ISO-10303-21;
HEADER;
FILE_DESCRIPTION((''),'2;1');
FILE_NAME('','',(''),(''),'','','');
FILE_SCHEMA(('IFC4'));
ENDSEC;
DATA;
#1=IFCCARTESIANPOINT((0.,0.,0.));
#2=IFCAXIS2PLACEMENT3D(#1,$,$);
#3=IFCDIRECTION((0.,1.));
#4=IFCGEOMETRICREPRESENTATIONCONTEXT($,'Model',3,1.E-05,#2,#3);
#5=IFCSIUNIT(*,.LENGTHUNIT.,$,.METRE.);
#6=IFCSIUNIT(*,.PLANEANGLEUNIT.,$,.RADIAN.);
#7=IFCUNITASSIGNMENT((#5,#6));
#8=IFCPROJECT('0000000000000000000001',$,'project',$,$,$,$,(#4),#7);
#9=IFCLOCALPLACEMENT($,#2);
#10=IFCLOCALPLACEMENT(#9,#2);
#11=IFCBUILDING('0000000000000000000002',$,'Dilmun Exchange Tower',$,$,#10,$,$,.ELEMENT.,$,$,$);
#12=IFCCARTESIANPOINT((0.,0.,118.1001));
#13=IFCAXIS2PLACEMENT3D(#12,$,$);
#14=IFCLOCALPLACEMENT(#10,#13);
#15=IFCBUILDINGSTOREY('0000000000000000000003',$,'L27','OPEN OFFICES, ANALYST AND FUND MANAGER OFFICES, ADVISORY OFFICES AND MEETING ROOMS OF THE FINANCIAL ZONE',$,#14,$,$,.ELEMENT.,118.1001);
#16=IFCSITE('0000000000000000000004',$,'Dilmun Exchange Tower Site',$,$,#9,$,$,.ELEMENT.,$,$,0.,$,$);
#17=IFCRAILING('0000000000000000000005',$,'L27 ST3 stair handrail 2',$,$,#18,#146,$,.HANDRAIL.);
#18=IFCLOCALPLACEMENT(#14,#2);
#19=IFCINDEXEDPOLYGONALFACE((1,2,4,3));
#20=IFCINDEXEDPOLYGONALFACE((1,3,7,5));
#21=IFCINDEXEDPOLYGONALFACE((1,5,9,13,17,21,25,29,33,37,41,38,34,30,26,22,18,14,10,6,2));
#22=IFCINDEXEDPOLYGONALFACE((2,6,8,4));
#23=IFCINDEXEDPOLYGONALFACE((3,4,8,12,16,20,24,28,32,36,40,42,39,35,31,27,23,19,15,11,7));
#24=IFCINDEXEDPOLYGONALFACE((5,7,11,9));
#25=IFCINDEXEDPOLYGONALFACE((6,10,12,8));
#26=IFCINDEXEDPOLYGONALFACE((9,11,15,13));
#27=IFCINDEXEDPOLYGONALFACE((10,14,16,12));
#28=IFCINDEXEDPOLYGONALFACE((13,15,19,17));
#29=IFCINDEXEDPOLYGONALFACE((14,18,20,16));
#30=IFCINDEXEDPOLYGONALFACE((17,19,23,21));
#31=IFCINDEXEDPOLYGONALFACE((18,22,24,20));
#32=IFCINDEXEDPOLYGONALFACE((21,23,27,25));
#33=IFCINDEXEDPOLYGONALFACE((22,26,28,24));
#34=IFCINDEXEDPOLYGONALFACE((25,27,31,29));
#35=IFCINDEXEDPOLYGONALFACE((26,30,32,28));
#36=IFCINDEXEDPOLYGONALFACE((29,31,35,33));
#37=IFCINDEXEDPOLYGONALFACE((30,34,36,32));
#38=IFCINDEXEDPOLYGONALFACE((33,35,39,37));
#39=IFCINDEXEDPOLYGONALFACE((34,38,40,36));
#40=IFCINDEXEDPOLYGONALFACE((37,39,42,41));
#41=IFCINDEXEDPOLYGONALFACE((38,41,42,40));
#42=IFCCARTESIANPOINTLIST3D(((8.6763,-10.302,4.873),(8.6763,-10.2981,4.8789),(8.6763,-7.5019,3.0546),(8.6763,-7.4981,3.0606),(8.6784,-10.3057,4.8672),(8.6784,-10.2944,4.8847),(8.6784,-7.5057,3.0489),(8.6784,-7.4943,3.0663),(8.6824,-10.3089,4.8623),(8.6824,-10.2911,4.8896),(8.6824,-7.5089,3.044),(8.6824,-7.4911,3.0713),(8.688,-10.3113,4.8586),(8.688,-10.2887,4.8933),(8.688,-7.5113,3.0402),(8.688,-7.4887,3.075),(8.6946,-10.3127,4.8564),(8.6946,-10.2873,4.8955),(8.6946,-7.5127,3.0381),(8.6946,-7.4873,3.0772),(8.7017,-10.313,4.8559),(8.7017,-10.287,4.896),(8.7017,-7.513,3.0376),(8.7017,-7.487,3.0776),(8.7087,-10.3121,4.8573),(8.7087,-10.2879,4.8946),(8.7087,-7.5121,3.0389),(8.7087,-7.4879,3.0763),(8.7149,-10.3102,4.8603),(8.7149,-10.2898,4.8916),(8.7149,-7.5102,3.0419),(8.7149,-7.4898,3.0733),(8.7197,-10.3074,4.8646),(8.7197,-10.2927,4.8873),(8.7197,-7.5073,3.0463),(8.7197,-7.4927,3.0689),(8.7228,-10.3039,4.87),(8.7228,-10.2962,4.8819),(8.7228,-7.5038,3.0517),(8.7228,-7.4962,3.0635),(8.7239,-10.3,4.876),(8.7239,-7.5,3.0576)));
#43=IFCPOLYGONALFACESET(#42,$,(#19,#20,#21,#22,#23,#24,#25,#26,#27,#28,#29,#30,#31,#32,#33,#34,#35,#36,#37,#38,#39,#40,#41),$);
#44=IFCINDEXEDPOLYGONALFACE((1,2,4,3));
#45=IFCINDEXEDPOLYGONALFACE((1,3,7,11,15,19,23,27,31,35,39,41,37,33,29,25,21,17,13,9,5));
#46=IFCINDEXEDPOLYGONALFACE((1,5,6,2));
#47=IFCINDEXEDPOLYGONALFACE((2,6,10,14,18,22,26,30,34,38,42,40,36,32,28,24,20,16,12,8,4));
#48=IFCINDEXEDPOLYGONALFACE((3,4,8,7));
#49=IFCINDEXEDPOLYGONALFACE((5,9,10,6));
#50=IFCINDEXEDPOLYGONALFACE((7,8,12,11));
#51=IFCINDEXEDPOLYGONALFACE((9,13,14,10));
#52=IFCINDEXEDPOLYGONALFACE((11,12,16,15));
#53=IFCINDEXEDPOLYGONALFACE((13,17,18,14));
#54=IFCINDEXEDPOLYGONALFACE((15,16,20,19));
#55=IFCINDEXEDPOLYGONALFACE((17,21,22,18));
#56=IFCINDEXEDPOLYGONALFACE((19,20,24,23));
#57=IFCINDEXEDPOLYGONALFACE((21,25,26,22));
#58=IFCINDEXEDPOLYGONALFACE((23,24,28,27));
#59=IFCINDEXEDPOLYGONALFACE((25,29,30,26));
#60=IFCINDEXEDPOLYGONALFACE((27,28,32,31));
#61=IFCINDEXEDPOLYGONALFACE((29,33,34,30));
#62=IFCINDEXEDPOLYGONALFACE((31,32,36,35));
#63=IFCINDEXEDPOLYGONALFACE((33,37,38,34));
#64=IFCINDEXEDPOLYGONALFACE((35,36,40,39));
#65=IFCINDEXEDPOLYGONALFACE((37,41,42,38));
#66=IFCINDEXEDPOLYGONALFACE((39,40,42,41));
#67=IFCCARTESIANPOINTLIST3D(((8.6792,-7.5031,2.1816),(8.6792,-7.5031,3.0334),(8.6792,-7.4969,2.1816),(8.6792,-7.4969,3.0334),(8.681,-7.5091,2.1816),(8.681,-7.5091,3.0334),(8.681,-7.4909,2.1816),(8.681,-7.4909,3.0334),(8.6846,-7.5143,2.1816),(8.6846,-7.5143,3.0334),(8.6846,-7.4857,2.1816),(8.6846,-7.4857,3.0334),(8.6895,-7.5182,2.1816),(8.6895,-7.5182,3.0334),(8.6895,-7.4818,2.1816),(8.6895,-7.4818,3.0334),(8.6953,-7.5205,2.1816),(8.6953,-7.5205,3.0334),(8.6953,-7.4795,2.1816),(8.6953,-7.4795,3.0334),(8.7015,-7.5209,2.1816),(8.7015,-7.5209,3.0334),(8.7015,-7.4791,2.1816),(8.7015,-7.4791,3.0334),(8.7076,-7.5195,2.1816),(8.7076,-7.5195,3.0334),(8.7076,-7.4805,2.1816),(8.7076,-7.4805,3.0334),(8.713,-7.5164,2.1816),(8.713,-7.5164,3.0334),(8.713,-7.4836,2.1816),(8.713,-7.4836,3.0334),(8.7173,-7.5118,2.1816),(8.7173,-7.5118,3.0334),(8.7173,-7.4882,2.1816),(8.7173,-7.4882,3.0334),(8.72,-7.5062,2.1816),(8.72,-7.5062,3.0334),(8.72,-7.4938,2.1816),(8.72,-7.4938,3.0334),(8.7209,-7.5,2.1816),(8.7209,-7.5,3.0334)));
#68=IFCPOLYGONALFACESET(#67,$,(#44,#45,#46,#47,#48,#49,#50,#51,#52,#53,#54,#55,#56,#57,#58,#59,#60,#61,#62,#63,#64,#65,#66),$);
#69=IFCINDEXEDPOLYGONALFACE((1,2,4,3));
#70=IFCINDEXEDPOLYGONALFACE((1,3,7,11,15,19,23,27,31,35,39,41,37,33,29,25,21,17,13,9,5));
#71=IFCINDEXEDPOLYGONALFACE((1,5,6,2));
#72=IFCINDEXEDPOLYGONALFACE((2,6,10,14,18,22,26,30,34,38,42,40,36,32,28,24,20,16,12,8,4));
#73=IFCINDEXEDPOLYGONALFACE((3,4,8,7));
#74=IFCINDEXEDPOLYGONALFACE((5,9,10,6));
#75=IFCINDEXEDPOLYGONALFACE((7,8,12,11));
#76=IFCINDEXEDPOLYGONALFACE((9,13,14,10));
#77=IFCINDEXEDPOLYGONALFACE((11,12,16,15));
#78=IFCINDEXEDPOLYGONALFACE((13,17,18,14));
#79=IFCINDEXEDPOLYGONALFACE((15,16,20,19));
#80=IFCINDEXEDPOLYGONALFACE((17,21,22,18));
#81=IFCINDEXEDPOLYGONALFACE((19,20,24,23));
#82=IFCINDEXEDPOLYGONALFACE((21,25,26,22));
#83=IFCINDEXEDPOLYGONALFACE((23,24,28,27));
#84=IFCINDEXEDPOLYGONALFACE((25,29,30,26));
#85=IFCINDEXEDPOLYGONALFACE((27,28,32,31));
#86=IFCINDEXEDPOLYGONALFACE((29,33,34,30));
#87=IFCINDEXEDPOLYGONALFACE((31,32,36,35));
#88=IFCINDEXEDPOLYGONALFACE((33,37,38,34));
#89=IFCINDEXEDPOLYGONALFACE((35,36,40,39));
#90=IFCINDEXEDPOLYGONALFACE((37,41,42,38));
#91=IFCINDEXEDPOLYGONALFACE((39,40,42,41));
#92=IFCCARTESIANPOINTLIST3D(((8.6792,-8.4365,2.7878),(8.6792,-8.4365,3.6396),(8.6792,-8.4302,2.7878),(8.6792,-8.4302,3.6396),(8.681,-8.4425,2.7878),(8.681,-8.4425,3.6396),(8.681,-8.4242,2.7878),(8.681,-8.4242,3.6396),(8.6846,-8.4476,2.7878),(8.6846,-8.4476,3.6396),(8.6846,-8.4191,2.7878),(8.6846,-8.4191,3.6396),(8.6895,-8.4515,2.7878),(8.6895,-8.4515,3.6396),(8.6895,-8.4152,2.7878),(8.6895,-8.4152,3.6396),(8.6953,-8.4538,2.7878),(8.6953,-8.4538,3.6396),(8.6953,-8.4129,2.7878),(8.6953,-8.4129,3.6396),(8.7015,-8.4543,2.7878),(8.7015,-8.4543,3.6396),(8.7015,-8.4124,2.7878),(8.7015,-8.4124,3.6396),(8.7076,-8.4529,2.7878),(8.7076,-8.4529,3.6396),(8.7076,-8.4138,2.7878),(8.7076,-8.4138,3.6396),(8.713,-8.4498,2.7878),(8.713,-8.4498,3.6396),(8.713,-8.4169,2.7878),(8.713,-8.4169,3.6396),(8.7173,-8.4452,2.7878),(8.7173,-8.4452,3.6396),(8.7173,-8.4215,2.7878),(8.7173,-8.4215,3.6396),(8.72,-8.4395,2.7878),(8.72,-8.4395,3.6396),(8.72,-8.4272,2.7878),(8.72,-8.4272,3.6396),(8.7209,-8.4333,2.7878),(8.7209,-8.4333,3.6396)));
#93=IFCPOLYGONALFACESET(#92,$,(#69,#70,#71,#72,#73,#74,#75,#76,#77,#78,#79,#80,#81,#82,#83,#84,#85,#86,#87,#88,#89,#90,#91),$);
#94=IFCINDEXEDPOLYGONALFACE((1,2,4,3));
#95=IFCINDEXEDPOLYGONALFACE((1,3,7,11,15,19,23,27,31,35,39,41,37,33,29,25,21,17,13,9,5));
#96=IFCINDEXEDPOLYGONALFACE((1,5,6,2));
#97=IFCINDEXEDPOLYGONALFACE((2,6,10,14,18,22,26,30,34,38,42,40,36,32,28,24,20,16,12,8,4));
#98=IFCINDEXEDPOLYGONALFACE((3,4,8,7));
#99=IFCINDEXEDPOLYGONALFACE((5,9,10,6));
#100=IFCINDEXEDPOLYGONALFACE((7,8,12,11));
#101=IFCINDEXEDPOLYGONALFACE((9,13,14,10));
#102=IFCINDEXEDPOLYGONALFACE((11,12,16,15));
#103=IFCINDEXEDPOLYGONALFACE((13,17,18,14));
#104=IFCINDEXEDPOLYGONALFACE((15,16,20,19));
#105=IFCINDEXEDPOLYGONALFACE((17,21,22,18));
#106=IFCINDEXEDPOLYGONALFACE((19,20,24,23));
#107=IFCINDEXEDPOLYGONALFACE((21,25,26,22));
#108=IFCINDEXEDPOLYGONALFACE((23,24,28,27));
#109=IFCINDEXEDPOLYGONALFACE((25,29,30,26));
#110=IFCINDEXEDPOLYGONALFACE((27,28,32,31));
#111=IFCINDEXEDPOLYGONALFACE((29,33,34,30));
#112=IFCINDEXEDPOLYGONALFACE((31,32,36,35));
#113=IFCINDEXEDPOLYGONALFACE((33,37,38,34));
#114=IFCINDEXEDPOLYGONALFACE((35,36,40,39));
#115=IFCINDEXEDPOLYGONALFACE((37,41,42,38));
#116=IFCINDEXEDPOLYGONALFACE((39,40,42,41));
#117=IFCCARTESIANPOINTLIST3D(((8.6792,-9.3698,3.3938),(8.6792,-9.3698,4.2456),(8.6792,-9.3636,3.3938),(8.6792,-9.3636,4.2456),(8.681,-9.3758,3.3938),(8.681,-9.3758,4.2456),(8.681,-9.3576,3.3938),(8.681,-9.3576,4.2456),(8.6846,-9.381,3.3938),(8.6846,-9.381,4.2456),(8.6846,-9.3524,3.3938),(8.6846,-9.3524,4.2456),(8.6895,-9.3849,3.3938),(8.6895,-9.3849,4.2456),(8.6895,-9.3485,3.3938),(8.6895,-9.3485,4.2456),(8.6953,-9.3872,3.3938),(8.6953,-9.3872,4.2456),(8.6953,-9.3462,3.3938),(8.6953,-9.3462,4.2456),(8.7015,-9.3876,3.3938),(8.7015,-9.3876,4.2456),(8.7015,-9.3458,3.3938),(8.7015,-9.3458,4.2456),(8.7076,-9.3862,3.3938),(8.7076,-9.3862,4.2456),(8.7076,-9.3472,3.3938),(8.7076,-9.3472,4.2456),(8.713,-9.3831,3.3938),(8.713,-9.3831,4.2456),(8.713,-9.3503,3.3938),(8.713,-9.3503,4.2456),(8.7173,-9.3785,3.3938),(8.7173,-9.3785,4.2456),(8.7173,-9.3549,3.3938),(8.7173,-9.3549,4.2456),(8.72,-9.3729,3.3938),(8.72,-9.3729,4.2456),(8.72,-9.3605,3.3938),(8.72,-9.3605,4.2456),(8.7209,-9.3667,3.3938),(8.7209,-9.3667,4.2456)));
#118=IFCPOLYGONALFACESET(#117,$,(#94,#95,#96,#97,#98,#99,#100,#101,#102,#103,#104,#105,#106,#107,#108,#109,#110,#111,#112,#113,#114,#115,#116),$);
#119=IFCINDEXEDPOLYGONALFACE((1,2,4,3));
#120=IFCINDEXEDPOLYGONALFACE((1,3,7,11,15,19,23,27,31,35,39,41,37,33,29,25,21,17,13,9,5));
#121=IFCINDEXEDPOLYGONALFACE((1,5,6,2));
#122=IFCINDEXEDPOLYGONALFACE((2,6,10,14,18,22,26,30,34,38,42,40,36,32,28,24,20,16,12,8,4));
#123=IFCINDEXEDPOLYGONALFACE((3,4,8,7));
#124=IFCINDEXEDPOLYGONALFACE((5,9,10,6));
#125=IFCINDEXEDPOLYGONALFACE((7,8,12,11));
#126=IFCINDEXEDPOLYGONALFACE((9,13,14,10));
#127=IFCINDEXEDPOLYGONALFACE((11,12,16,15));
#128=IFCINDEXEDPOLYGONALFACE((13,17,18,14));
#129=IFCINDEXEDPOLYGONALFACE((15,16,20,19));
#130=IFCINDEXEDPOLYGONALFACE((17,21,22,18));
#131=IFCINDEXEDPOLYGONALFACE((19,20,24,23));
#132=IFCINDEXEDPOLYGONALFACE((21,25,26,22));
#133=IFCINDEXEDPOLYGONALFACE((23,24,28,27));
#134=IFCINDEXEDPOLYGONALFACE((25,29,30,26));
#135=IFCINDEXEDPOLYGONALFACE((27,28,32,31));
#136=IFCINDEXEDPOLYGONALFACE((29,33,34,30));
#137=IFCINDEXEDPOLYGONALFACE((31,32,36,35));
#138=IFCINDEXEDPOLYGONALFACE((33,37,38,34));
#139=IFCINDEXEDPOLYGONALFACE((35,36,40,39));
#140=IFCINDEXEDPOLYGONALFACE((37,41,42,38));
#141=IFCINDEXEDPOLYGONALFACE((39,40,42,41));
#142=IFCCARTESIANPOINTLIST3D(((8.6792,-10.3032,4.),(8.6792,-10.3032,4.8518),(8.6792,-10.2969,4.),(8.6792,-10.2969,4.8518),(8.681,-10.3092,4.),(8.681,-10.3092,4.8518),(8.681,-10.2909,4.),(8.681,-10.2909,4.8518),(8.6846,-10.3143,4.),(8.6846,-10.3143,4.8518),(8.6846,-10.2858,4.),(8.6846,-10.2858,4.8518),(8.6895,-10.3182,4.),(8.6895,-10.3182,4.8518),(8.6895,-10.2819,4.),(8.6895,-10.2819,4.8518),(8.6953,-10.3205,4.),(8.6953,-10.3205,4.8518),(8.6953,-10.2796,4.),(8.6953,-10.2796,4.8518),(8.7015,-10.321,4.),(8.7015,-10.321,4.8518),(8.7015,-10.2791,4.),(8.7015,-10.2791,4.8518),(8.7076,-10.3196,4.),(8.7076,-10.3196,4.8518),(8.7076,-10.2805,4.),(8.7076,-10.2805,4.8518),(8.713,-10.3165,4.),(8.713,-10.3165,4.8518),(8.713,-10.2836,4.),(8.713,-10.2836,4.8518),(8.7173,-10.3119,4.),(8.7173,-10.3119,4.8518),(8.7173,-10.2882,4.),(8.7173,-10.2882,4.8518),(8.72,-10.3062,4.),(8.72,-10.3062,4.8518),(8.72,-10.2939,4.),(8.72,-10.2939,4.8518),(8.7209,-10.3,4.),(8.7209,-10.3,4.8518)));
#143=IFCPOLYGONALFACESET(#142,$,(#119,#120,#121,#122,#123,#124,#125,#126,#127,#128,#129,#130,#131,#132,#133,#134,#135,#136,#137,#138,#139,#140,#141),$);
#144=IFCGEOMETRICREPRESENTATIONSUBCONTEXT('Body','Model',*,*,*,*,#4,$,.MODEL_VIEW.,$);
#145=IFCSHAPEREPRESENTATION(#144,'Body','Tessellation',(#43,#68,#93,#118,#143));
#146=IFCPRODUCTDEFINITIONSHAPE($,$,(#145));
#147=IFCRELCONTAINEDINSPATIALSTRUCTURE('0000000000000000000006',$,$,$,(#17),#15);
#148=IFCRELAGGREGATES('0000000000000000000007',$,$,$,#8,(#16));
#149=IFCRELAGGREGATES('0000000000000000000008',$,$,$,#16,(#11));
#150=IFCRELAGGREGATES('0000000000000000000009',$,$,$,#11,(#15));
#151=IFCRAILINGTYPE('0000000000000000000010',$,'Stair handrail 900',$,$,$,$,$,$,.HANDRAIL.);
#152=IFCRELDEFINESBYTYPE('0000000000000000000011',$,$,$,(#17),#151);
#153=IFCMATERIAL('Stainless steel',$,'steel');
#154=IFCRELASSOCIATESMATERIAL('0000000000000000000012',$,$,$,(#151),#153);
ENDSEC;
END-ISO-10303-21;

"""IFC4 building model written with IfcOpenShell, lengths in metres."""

from ifc_helpers import new_model, si_unit, direction, frame, origin, origin_2d, place, context, subcontext, project, spatial, circle, extrude, material, type_object, element, save


model = new_model("IFC4")

# Units and contexts
model_context = context("Model", 3, precision=1e-05, world=origin(), true_north=direction((0.0, 1.0)))
body_context = subcontext(model_context, "Body", "Model", "MODEL_VIEW")
ifc_project = project(units=[si_unit("LENGTHUNIT", "METRE"), si_unit("PLANEANGLEUNIT", "RADIAN")], contexts=[model_context])

# Site, building, storey
site_placement = place(None, origin())
site = spatial("IfcSite", under=ifc_project, at=site_placement, Name="Dilmun Exchange Tower Site", CompositionType="ELEMENT", RefElevation=0.0)
building_placement = place(site_placement, origin())
building = spatial("IfcBuilding", under=site, at=building_placement, Name="Dilmun Exchange Tower", CompositionType="ELEMENT")
storey_placement = place(building_placement, frame((0.0, 0.0, 118.1001)))
storey = spatial("IfcBuildingStorey", under=building, at=storey_placement, Name="L27", Description="OPEN OFFICES, ANALYST AND FUND MANAGER OFFICES, ADVISORY OFFICES AND MEETING ROOMS OF THE FINANCIAL ZONE", CompositionType="ELEMENT", Elevation=118.1001)

# Railing
ifc_material_1 = material(Name="Stainless steel", Category="steel")
railing_type = type_object("IfcRailingType", Name="Stair handrail 900", PredefinedType="HANDRAIL", material=ifc_material_1)
railing_placement = place(storey_placement, frame((8.7, -7.5, 2.1816)))
element("IfcRailing", 1, at=railing_placement, inside=storey, type_object=railing_type, Name="L27 ST3 stair handrail 2", PredefinedType="HANDRAIL", context=body_context, shape_type="SweptSolid", body=[
    extrude(circle(Radius=0.0239, at=origin_2d()), frame((0.0, 0.0, 0.876), z_axis=(0.0, -0.838672, 0.544636), x_axis=(1.0, 0.0, 0.0)), (0.0, 0.0, 1.0), 3.3386),
    extrude(circle(Radius=0.021, at=origin_2d()), origin(), (0.0, 0.0, 1.0), 0.8518),
    extrude(circle(Radius=0.021, at=origin_2d()), frame((0.0, -0.9333, 0.6062)), (0.0, 0.0, 1.0), 0.8518),
    extrude(circle(Radius=0.021, at=origin_2d()), frame((0.0, -1.8667, 1.2122)), (0.0, 0.0, 1.0), 0.8518),
    extrude(circle(Radius=0.021, at=origin_2d()), frame((0.0, -2.8, 1.8184)), (0.0, 0.0, 1.0), 0.8518),
])

save(model, "model.ifc")
